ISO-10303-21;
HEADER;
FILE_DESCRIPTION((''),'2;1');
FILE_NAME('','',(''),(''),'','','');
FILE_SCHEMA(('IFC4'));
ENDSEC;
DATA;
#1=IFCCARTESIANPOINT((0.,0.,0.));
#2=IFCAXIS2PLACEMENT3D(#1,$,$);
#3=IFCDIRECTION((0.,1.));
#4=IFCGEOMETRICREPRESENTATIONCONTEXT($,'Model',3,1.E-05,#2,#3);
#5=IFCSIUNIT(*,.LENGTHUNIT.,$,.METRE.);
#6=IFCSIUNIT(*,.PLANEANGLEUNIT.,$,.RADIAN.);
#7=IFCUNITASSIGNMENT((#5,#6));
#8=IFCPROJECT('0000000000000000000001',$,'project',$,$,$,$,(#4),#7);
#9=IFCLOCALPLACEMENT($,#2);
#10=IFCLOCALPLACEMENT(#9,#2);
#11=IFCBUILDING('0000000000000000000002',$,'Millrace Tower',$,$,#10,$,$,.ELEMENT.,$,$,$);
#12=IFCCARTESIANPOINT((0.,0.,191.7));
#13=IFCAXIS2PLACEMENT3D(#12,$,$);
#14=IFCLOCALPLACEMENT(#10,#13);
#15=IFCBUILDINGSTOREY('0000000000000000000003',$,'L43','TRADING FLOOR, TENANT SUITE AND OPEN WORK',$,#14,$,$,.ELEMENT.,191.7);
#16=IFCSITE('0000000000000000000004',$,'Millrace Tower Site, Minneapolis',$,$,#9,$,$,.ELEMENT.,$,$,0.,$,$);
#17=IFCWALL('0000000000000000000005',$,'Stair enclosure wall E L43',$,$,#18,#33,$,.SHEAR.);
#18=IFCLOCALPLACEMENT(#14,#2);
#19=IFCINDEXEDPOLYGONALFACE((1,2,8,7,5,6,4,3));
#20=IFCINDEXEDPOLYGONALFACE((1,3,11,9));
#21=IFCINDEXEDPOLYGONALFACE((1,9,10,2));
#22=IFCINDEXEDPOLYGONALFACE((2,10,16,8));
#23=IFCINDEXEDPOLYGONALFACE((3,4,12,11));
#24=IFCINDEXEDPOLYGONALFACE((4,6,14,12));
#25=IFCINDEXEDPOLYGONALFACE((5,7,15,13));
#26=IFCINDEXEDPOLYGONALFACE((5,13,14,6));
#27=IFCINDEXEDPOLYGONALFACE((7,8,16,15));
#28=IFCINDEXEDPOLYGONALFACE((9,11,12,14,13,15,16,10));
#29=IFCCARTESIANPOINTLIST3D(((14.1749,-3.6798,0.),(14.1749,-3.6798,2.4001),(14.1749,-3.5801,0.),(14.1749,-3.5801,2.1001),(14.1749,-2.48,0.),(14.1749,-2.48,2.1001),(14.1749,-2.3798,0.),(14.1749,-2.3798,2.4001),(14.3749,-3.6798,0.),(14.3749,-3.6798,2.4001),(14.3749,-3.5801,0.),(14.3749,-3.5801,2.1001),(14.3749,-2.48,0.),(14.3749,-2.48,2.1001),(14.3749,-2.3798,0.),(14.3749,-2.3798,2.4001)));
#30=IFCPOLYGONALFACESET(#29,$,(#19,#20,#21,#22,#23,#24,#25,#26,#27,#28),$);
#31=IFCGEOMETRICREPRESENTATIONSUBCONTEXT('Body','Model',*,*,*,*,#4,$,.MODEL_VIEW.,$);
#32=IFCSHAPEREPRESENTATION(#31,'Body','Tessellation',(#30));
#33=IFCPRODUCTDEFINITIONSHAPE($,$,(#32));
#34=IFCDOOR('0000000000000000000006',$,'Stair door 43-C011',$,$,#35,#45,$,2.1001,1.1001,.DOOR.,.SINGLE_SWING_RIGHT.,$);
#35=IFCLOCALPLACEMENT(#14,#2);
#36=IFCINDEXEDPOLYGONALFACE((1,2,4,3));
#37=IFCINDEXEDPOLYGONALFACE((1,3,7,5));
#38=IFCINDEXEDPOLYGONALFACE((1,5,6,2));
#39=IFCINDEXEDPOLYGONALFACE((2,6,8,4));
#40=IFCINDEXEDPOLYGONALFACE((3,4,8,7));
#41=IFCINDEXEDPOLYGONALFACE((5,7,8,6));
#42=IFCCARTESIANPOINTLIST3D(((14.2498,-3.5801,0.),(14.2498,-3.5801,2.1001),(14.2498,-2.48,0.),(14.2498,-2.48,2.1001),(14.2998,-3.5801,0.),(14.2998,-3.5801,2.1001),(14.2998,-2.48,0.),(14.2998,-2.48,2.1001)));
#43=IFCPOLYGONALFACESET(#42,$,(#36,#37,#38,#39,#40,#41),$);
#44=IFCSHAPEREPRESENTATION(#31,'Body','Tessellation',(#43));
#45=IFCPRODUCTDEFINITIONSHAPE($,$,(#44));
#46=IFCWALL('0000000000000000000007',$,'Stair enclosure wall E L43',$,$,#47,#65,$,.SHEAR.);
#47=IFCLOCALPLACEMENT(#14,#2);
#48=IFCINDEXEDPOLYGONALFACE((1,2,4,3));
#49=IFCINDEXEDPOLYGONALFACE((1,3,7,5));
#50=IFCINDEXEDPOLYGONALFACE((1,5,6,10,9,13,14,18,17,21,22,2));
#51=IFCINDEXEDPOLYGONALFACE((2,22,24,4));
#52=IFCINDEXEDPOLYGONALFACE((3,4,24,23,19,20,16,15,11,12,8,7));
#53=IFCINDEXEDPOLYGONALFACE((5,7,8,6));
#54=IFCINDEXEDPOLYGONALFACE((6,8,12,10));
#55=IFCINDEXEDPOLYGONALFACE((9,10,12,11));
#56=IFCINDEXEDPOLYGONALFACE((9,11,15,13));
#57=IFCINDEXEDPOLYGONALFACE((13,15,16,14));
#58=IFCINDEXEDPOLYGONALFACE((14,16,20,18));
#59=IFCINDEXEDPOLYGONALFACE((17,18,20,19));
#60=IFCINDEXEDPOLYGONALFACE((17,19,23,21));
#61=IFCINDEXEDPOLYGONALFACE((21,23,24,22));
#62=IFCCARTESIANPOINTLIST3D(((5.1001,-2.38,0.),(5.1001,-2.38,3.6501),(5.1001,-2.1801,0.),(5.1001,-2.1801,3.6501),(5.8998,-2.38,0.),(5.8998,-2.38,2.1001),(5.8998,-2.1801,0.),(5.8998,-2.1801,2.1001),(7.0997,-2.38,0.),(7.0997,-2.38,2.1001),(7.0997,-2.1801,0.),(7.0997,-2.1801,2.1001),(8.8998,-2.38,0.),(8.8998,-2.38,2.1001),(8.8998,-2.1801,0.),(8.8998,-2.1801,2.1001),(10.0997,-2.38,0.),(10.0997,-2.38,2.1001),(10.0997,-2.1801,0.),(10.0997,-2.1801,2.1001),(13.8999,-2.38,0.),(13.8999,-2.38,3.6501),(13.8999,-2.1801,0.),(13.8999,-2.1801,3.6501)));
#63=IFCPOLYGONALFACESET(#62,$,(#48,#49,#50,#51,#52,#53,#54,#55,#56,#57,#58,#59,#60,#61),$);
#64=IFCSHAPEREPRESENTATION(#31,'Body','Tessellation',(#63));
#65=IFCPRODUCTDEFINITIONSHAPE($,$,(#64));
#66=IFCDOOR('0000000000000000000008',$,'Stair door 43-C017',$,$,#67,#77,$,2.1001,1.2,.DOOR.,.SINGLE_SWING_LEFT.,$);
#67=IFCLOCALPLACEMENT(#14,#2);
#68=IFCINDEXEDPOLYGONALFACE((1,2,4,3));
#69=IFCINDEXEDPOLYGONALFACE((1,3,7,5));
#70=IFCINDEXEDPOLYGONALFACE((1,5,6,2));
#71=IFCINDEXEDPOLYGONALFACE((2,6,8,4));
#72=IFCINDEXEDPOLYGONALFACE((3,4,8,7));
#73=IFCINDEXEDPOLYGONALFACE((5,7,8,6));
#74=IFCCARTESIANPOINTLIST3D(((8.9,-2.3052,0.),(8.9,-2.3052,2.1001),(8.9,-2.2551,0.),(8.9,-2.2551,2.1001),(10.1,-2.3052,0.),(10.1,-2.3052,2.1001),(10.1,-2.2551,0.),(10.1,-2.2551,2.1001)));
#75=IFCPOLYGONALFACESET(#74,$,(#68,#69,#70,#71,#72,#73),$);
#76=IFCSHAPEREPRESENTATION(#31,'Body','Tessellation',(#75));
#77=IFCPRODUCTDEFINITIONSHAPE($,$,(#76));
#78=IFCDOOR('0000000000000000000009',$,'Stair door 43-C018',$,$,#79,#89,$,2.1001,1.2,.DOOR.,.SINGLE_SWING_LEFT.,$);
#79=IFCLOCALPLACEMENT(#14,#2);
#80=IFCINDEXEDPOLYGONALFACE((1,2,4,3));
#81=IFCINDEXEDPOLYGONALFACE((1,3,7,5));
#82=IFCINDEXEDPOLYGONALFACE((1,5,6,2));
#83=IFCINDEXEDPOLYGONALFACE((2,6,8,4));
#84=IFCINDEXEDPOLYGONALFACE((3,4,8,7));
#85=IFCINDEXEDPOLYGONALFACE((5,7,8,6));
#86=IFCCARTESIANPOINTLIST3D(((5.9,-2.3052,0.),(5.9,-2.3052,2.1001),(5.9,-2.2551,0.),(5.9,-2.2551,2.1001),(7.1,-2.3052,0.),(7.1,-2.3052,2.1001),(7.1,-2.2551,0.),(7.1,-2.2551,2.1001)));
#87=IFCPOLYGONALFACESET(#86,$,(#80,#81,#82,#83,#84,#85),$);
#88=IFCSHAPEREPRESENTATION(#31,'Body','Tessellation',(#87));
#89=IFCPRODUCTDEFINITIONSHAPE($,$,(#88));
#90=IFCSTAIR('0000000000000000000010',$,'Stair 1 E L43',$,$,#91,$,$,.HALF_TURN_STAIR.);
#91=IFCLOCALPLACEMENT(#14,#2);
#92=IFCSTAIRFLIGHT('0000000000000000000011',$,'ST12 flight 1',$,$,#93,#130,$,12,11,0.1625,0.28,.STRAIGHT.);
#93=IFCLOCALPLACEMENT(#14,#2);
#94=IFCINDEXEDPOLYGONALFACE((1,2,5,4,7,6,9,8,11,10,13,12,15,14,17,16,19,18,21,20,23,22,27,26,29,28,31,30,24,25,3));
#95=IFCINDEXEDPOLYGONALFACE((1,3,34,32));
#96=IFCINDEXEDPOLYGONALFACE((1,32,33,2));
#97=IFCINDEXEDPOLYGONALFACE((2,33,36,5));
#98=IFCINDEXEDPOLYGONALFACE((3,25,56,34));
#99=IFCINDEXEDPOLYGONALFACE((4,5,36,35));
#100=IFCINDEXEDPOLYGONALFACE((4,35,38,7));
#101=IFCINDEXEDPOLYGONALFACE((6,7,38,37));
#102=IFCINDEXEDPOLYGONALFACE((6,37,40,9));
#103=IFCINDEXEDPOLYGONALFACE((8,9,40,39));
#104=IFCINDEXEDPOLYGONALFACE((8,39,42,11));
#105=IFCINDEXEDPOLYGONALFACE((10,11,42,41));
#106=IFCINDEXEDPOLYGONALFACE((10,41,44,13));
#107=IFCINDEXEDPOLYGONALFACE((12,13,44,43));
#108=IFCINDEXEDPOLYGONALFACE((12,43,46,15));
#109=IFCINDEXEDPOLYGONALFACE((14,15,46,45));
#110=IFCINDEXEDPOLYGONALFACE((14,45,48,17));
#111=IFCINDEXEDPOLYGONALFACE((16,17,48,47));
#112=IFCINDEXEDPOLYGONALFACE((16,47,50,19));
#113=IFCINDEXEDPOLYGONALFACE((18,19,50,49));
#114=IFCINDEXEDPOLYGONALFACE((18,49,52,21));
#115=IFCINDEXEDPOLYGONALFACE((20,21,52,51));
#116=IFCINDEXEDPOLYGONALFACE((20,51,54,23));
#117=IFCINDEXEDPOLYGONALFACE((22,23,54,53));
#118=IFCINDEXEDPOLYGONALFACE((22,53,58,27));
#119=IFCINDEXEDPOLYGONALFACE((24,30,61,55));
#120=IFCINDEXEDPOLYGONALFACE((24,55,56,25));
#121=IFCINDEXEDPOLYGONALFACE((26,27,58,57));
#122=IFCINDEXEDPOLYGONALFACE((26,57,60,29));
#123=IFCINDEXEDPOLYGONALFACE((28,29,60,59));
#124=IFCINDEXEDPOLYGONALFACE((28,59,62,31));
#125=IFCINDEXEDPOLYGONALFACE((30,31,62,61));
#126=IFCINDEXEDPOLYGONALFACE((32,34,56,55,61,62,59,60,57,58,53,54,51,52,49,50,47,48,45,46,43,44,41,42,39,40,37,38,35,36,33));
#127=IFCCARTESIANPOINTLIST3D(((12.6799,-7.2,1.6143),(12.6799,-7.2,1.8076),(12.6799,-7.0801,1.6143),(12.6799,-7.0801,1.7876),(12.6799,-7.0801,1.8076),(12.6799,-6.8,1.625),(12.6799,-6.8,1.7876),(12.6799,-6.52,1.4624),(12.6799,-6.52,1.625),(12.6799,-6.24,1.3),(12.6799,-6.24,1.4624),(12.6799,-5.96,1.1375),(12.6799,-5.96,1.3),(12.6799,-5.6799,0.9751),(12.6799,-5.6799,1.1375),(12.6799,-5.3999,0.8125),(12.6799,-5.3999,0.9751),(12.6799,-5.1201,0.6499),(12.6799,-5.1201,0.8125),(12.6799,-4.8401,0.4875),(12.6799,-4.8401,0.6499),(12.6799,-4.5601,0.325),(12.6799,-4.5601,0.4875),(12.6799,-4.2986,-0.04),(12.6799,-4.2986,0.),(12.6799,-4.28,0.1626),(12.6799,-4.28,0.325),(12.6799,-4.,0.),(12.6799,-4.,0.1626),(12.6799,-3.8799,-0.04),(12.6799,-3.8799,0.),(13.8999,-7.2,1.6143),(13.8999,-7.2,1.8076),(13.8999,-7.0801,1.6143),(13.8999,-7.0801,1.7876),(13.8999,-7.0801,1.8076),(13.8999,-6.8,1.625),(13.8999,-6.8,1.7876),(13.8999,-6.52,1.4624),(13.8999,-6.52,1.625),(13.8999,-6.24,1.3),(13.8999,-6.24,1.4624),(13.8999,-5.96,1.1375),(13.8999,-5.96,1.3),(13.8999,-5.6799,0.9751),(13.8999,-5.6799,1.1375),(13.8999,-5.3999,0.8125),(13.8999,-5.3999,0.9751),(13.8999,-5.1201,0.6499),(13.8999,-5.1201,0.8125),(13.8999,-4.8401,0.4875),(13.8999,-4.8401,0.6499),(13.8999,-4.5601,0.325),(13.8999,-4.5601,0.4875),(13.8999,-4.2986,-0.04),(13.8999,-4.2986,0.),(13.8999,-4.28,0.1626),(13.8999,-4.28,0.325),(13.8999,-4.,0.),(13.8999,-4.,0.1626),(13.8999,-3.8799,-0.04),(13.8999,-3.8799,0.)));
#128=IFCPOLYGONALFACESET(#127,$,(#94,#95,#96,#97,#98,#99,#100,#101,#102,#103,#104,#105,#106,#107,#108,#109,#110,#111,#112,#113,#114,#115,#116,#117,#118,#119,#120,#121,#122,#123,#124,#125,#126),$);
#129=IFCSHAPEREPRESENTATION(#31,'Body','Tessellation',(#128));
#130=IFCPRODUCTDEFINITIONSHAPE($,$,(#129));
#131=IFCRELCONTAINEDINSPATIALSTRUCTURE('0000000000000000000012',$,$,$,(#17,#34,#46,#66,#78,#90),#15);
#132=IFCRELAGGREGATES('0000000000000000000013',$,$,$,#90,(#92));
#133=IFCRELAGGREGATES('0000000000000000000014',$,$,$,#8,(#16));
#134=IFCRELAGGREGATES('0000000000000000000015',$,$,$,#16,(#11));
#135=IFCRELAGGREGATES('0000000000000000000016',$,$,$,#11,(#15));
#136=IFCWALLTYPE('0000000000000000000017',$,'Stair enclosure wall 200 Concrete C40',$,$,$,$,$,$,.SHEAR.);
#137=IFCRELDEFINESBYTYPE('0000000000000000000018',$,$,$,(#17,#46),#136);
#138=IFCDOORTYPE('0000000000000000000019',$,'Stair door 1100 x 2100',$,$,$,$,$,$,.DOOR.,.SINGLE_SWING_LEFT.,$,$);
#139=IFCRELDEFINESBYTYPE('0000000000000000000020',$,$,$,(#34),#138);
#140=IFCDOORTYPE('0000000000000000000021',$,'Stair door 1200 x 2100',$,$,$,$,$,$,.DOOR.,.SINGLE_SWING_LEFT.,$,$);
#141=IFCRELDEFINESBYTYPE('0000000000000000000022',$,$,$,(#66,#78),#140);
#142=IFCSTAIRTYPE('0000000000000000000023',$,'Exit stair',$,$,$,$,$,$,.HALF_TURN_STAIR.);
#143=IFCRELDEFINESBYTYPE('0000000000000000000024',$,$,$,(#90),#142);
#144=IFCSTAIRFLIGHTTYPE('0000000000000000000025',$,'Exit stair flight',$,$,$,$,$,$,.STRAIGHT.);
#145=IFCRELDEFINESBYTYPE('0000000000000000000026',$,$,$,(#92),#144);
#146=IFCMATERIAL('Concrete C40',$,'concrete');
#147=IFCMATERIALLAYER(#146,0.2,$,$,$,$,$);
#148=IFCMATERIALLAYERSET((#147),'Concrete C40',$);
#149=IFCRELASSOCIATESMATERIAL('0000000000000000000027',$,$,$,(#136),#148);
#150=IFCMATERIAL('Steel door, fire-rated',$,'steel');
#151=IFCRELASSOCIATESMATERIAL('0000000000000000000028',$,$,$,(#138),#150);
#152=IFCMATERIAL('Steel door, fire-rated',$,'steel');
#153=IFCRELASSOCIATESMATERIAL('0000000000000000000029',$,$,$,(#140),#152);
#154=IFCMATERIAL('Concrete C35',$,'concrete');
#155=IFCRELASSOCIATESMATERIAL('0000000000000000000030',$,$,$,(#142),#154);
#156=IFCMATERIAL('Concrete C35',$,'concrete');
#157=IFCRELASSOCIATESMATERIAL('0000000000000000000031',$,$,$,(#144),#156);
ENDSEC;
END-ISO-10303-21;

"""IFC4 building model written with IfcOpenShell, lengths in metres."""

from ifc_helpers import new_model, si_unit, direction, frame, frame_2d, origin, place, context, subcontext, project, spatial, polyline, rectangle, outline, extrude, material, layer, layer_set, type_object, element, fill, aggregate, save


model = new_model("IFC4")

# Units and contexts
model_context = context("Model", 3, precision=1e-05, world=origin(), true_north=direction((0.0, 1.0)))
body_context = subcontext(model_context, "Body", "Model", "MODEL_VIEW")
ifc_project = project(units=[si_unit("LENGTHUNIT", "METRE"), si_unit("PLANEANGLEUNIT", "RADIAN")], contexts=[model_context])

# Site, building, storey
site_placement = place(None, origin())
site = spatial("IfcSite", under=ifc_project, at=site_placement, Name="Millrace Tower Site, Minneapolis", CompositionType="ELEMENT", RefElevation=0.0)
building_placement = place(site_placement, origin())
building = spatial("IfcBuilding", under=site, at=building_placement, Name="Millrace Tower", CompositionType="ELEMENT")
storey_placement = place(building_placement, frame((0.0, 0.0, 191.7)))
storey = spatial("IfcBuildingStorey", under=building, at=storey_placement, Name="L43", Description="TRADING FLOOR, TENANT SUITE AND OPEN WORK", CompositionType="ELEMENT", Elevation=191.7)

# Shared definitions
placement = place(storey_placement, origin())

# Wall, opening, door
ifc_material_1 = material(Name="Concrete C40", Category="concrete")
ifc_layer_1 = layer(ifc_material_1, 0.2)
ifc_layer_set_1 = layer_set([ifc_layer_1], Name="Concrete C40")
wall_type_1 = type_object("IfcWallType", Name="Stair enclosure wall 200 Concrete C40", PredefinedType="SHEAR", material=ifc_layer_set_1)
wall_1_placement = place(storey_placement, frame((14.2749, -2.3799, 0.0), z_axis=(0.0, 0.0, 1.0), x_axis=(0.0, -1.0, 0.0)))
wall_1 = element("IfcWall", 1, at=wall_1_placement, inside=storey, type_object=wall_type_1, Name="Stair enclosure wall E L43", PredefinedType="SHEAR", context=body_context, shape_type="SweptSolid", body=[
    extrude(rectangle(XDim=1.3, YDim=0.2, at=frame_2d((0.6499, 0.0))), origin(), (0.0, 0.0, 1.0), 2.4001),
])
opening_1_placement = place(wall_1_placement, frame((0.1001, 0.0, 0.0)))
opening_1 = element("IfcOpeningElement", 2, at=opening_1_placement, cuts=wall_1, PredefinedType="OPENING", context=body_context, shape_type="SweptSolid", body=[
    extrude(rectangle(XDim=1.1001, YDim=2.1001, at=frame_2d((0.55, 1.05))), frame((0.0, 0.1099, 0.0), z_axis=(0.0, -1.0, 0.0), x_axis=(1.0, 0.0, 0.0)), (0.0, 0.0, 1.0), 0.22),
])
ifc_material_2 = material(Name="Steel door, fire-rated", Category="steel")
door_type_1 = type_object("IfcDoorType", Name="Stair door 1100 x 2100", OperationType="SINGLE_SWING_LEFT", PredefinedType="DOOR", material=ifc_material_2)
door_1_placement = place(opening_1_placement, origin())
door_1 = element("IfcDoor", 3, at=door_1_placement, inside=storey, type_object=door_type_1, Name="Stair door 43-C011", OperationType="SINGLE_SWING_RIGHT", OverallHeight=2.1001, OverallWidth=1.1001, PredefinedType="DOOR", context=body_context, shape_type="SweptSolid", body=[
    extrude(rectangle(XDim=1.1001, YDim=2.1001, at=frame_2d((0.55, 1.05))), frame((0.0, 0.0249, 0.0), z_axis=(0.0, -1.0, 0.0), x_axis=(1.0, 0.0, 0.0)), (0.0, 0.0, 1.0), 0.05),
])
fill(opening_1, door_1)

# Wall, openings, doors
wall_2_placement = place(storey_placement, frame((13.8999, -2.28, 0.0), z_axis=(0.0, 0.0, 1.0), x_axis=(-1.0, 0.0, 0.0)))
wall_2 = element("IfcWall", 4, at=wall_2_placement, inside=storey, type_object=wall_type_1, Name="Stair enclosure wall E L43", PredefinedType="SHEAR", context=body_context, shape_type="SweptSolid", body=[
    extrude(rectangle(XDim=8.7998, YDim=0.2, at=frame_2d((4.3999, 0.0))), origin(), (0.0, 0.0, 1.0), 3.6501),
])
opening_2_placement = place(wall_2_placement, frame((3.8, 0.0, 0.0)))
opening_2 = element("IfcOpeningElement", 5, at=opening_2_placement, cuts=wall_2, PredefinedType="OPENING", context=body_context, shape_type="SweptSolid", body=[
    extrude(rectangle(XDim=1.2, YDim=2.1001, at=frame_2d((0.6001, 1.05))), frame((0.0, 0.1099, 0.0), z_axis=(0.0, -1.0, 0.0), x_axis=(1.0, 0.0, 0.0)), (0.0, 0.0, 1.0), 0.22),
])
opening_3_placement = place(wall_2_placement, frame((6.8, 0.0, 0.0)))
opening_3 = element("IfcOpeningElement", 6, at=opening_3_placement, cuts=wall_2, PredefinedType="OPENING", context=body_context, shape_type="SweptSolid", body=[
    extrude(rectangle(XDim=1.2, YDim=2.1001, at=frame_2d((0.6001, 1.05))), frame((0.0, 0.1099, 0.0), z_axis=(0.0, -1.0, 0.0), x_axis=(1.0, 0.0, 0.0)), (0.0, 0.0, 1.0), 0.22),
])
ifc_material_3 = material(Name="Steel door, fire-rated", Category="steel")
door_type_2 = type_object("IfcDoorType", Name="Stair door 1200 x 2100", OperationType="SINGLE_SWING_LEFT", PredefinedType="DOOR", material=ifc_material_3)
door_2_placement = place(opening_2_placement, frame((1.2, 0.0, 0.0), z_axis=(0.0, 0.0, 1.0), x_axis=(-1.0, 0.0, 0.0)))
door_2 = element("IfcDoor", 7, at=door_2_placement, inside=storey, type_object=door_type_2, Name="Stair door 43-C017", OperationType="SINGLE_SWING_LEFT", OverallHeight=2.1001, OverallWidth=1.2, PredefinedType="DOOR", context=body_context, shape_type="SweptSolid", body=[
    extrude(rectangle(XDim=1.2, YDim=2.1001, at=frame_2d((0.6001, 1.05))), frame((0.0, 0.0249, 0.0), z_axis=(0.0, -1.0, 0.0), x_axis=(1.0, 0.0, 0.0)), (0.0, 0.0, 1.0), 0.05),
])
fill(opening_2, door_2)
door_3_placement = place(opening_3_placement, frame((1.2, 0.0, 0.0), z_axis=(0.0, 0.0, 1.0), x_axis=(-1.0, 0.0, 0.0)))
door_3 = element("IfcDoor", 8, at=door_3_placement, inside=storey, type_object=door_type_2, Name="Stair door 43-C018", OperationType="SINGLE_SWING_LEFT", OverallHeight=2.1001, OverallWidth=1.2, PredefinedType="DOOR", context=body_context, shape_type="SweptSolid", body=[
    extrude(rectangle(XDim=1.2, YDim=2.1001, at=frame_2d((0.6001, 1.05))), frame((0.0, 0.0249, 0.0), z_axis=(0.0, -1.0, 0.0), x_axis=(1.0, 0.0, 0.0)), (0.0, 0.0, 1.0), 0.05),
])
fill(opening_3, door_3)

# Stair, stair flight
ifc_material_4 = material(Name="Concrete C35", Category="concrete")
stair_type = type_object("IfcStairType", Name="Exit stair", PredefinedType="HALF_TURN_STAIR", material=ifc_material_4)
stair = element("IfcStair", 9, at=placement, inside=storey, type_object=stair_type, Name="Stair 1 E L43", PredefinedType="HALF_TURN_STAIR")
ifc_material_5 = material(Name="Concrete C35", Category="concrete")
stair_flight_type = type_object("IfcStairFlightType", Name="Exit stair flight", PredefinedType="STRAIGHT", material=ifc_material_5)
stair_flight_placement = place(storey_placement, frame((13.29, -4.0, 0.0), z_axis=(0.0, 0.0, 1.0), x_axis=(0.0, -1.0, 0.0)))
stair_flight = element("IfcStairFlight", 10, at=stair_flight_placement, type_object=stair_flight_type, Name="ST12 flight 1", NumberOfRisers=12, NumberOfTreads=11, PredefinedType="STRAIGHT", RiserHeight=0.1625, TreadLength=0.28, context=body_context, shape_type="SweptSolid", body=[
    extrude(outline(polyline([(-0.1201, -0.04), (-0.1201, 0.0), (0.0, 0.0), (0.0, 0.1626), (0.28, 0.1626), (0.28, 0.325), (0.5601, 0.325), (0.5601, 0.4875), (0.8401, 0.4875), (0.8401, 0.6499), (1.1201, 0.6499), (1.1201, 0.8125), (1.3999, 0.8125), (1.3999, 0.9751), (1.6799, 0.9751), (1.6799, 1.1375), (1.96, 1.1375), (1.96, 1.3), (2.24, 1.3), (2.24, 1.4624), (2.52, 1.4624), (2.52, 1.625), (2.8, 1.625), (2.8, 1.7876), (3.0801, 1.7876), (3.0801, 1.8076), (3.2, 1.8076), (3.2, 1.6143), (3.0801, 1.6143), (0.2986, 0.0), (0.2986, -0.04), (-0.1201, -0.04)])), frame((0.0, 0.6099, 0.0), z_axis=(0.0, -1.0, 0.0), x_axis=(1.0, 0.0, 0.0)), (0.0, 0.0, 1.0), 1.22),
])
aggregate(stair, [stair_flight])

save(model, "model.ifc")
